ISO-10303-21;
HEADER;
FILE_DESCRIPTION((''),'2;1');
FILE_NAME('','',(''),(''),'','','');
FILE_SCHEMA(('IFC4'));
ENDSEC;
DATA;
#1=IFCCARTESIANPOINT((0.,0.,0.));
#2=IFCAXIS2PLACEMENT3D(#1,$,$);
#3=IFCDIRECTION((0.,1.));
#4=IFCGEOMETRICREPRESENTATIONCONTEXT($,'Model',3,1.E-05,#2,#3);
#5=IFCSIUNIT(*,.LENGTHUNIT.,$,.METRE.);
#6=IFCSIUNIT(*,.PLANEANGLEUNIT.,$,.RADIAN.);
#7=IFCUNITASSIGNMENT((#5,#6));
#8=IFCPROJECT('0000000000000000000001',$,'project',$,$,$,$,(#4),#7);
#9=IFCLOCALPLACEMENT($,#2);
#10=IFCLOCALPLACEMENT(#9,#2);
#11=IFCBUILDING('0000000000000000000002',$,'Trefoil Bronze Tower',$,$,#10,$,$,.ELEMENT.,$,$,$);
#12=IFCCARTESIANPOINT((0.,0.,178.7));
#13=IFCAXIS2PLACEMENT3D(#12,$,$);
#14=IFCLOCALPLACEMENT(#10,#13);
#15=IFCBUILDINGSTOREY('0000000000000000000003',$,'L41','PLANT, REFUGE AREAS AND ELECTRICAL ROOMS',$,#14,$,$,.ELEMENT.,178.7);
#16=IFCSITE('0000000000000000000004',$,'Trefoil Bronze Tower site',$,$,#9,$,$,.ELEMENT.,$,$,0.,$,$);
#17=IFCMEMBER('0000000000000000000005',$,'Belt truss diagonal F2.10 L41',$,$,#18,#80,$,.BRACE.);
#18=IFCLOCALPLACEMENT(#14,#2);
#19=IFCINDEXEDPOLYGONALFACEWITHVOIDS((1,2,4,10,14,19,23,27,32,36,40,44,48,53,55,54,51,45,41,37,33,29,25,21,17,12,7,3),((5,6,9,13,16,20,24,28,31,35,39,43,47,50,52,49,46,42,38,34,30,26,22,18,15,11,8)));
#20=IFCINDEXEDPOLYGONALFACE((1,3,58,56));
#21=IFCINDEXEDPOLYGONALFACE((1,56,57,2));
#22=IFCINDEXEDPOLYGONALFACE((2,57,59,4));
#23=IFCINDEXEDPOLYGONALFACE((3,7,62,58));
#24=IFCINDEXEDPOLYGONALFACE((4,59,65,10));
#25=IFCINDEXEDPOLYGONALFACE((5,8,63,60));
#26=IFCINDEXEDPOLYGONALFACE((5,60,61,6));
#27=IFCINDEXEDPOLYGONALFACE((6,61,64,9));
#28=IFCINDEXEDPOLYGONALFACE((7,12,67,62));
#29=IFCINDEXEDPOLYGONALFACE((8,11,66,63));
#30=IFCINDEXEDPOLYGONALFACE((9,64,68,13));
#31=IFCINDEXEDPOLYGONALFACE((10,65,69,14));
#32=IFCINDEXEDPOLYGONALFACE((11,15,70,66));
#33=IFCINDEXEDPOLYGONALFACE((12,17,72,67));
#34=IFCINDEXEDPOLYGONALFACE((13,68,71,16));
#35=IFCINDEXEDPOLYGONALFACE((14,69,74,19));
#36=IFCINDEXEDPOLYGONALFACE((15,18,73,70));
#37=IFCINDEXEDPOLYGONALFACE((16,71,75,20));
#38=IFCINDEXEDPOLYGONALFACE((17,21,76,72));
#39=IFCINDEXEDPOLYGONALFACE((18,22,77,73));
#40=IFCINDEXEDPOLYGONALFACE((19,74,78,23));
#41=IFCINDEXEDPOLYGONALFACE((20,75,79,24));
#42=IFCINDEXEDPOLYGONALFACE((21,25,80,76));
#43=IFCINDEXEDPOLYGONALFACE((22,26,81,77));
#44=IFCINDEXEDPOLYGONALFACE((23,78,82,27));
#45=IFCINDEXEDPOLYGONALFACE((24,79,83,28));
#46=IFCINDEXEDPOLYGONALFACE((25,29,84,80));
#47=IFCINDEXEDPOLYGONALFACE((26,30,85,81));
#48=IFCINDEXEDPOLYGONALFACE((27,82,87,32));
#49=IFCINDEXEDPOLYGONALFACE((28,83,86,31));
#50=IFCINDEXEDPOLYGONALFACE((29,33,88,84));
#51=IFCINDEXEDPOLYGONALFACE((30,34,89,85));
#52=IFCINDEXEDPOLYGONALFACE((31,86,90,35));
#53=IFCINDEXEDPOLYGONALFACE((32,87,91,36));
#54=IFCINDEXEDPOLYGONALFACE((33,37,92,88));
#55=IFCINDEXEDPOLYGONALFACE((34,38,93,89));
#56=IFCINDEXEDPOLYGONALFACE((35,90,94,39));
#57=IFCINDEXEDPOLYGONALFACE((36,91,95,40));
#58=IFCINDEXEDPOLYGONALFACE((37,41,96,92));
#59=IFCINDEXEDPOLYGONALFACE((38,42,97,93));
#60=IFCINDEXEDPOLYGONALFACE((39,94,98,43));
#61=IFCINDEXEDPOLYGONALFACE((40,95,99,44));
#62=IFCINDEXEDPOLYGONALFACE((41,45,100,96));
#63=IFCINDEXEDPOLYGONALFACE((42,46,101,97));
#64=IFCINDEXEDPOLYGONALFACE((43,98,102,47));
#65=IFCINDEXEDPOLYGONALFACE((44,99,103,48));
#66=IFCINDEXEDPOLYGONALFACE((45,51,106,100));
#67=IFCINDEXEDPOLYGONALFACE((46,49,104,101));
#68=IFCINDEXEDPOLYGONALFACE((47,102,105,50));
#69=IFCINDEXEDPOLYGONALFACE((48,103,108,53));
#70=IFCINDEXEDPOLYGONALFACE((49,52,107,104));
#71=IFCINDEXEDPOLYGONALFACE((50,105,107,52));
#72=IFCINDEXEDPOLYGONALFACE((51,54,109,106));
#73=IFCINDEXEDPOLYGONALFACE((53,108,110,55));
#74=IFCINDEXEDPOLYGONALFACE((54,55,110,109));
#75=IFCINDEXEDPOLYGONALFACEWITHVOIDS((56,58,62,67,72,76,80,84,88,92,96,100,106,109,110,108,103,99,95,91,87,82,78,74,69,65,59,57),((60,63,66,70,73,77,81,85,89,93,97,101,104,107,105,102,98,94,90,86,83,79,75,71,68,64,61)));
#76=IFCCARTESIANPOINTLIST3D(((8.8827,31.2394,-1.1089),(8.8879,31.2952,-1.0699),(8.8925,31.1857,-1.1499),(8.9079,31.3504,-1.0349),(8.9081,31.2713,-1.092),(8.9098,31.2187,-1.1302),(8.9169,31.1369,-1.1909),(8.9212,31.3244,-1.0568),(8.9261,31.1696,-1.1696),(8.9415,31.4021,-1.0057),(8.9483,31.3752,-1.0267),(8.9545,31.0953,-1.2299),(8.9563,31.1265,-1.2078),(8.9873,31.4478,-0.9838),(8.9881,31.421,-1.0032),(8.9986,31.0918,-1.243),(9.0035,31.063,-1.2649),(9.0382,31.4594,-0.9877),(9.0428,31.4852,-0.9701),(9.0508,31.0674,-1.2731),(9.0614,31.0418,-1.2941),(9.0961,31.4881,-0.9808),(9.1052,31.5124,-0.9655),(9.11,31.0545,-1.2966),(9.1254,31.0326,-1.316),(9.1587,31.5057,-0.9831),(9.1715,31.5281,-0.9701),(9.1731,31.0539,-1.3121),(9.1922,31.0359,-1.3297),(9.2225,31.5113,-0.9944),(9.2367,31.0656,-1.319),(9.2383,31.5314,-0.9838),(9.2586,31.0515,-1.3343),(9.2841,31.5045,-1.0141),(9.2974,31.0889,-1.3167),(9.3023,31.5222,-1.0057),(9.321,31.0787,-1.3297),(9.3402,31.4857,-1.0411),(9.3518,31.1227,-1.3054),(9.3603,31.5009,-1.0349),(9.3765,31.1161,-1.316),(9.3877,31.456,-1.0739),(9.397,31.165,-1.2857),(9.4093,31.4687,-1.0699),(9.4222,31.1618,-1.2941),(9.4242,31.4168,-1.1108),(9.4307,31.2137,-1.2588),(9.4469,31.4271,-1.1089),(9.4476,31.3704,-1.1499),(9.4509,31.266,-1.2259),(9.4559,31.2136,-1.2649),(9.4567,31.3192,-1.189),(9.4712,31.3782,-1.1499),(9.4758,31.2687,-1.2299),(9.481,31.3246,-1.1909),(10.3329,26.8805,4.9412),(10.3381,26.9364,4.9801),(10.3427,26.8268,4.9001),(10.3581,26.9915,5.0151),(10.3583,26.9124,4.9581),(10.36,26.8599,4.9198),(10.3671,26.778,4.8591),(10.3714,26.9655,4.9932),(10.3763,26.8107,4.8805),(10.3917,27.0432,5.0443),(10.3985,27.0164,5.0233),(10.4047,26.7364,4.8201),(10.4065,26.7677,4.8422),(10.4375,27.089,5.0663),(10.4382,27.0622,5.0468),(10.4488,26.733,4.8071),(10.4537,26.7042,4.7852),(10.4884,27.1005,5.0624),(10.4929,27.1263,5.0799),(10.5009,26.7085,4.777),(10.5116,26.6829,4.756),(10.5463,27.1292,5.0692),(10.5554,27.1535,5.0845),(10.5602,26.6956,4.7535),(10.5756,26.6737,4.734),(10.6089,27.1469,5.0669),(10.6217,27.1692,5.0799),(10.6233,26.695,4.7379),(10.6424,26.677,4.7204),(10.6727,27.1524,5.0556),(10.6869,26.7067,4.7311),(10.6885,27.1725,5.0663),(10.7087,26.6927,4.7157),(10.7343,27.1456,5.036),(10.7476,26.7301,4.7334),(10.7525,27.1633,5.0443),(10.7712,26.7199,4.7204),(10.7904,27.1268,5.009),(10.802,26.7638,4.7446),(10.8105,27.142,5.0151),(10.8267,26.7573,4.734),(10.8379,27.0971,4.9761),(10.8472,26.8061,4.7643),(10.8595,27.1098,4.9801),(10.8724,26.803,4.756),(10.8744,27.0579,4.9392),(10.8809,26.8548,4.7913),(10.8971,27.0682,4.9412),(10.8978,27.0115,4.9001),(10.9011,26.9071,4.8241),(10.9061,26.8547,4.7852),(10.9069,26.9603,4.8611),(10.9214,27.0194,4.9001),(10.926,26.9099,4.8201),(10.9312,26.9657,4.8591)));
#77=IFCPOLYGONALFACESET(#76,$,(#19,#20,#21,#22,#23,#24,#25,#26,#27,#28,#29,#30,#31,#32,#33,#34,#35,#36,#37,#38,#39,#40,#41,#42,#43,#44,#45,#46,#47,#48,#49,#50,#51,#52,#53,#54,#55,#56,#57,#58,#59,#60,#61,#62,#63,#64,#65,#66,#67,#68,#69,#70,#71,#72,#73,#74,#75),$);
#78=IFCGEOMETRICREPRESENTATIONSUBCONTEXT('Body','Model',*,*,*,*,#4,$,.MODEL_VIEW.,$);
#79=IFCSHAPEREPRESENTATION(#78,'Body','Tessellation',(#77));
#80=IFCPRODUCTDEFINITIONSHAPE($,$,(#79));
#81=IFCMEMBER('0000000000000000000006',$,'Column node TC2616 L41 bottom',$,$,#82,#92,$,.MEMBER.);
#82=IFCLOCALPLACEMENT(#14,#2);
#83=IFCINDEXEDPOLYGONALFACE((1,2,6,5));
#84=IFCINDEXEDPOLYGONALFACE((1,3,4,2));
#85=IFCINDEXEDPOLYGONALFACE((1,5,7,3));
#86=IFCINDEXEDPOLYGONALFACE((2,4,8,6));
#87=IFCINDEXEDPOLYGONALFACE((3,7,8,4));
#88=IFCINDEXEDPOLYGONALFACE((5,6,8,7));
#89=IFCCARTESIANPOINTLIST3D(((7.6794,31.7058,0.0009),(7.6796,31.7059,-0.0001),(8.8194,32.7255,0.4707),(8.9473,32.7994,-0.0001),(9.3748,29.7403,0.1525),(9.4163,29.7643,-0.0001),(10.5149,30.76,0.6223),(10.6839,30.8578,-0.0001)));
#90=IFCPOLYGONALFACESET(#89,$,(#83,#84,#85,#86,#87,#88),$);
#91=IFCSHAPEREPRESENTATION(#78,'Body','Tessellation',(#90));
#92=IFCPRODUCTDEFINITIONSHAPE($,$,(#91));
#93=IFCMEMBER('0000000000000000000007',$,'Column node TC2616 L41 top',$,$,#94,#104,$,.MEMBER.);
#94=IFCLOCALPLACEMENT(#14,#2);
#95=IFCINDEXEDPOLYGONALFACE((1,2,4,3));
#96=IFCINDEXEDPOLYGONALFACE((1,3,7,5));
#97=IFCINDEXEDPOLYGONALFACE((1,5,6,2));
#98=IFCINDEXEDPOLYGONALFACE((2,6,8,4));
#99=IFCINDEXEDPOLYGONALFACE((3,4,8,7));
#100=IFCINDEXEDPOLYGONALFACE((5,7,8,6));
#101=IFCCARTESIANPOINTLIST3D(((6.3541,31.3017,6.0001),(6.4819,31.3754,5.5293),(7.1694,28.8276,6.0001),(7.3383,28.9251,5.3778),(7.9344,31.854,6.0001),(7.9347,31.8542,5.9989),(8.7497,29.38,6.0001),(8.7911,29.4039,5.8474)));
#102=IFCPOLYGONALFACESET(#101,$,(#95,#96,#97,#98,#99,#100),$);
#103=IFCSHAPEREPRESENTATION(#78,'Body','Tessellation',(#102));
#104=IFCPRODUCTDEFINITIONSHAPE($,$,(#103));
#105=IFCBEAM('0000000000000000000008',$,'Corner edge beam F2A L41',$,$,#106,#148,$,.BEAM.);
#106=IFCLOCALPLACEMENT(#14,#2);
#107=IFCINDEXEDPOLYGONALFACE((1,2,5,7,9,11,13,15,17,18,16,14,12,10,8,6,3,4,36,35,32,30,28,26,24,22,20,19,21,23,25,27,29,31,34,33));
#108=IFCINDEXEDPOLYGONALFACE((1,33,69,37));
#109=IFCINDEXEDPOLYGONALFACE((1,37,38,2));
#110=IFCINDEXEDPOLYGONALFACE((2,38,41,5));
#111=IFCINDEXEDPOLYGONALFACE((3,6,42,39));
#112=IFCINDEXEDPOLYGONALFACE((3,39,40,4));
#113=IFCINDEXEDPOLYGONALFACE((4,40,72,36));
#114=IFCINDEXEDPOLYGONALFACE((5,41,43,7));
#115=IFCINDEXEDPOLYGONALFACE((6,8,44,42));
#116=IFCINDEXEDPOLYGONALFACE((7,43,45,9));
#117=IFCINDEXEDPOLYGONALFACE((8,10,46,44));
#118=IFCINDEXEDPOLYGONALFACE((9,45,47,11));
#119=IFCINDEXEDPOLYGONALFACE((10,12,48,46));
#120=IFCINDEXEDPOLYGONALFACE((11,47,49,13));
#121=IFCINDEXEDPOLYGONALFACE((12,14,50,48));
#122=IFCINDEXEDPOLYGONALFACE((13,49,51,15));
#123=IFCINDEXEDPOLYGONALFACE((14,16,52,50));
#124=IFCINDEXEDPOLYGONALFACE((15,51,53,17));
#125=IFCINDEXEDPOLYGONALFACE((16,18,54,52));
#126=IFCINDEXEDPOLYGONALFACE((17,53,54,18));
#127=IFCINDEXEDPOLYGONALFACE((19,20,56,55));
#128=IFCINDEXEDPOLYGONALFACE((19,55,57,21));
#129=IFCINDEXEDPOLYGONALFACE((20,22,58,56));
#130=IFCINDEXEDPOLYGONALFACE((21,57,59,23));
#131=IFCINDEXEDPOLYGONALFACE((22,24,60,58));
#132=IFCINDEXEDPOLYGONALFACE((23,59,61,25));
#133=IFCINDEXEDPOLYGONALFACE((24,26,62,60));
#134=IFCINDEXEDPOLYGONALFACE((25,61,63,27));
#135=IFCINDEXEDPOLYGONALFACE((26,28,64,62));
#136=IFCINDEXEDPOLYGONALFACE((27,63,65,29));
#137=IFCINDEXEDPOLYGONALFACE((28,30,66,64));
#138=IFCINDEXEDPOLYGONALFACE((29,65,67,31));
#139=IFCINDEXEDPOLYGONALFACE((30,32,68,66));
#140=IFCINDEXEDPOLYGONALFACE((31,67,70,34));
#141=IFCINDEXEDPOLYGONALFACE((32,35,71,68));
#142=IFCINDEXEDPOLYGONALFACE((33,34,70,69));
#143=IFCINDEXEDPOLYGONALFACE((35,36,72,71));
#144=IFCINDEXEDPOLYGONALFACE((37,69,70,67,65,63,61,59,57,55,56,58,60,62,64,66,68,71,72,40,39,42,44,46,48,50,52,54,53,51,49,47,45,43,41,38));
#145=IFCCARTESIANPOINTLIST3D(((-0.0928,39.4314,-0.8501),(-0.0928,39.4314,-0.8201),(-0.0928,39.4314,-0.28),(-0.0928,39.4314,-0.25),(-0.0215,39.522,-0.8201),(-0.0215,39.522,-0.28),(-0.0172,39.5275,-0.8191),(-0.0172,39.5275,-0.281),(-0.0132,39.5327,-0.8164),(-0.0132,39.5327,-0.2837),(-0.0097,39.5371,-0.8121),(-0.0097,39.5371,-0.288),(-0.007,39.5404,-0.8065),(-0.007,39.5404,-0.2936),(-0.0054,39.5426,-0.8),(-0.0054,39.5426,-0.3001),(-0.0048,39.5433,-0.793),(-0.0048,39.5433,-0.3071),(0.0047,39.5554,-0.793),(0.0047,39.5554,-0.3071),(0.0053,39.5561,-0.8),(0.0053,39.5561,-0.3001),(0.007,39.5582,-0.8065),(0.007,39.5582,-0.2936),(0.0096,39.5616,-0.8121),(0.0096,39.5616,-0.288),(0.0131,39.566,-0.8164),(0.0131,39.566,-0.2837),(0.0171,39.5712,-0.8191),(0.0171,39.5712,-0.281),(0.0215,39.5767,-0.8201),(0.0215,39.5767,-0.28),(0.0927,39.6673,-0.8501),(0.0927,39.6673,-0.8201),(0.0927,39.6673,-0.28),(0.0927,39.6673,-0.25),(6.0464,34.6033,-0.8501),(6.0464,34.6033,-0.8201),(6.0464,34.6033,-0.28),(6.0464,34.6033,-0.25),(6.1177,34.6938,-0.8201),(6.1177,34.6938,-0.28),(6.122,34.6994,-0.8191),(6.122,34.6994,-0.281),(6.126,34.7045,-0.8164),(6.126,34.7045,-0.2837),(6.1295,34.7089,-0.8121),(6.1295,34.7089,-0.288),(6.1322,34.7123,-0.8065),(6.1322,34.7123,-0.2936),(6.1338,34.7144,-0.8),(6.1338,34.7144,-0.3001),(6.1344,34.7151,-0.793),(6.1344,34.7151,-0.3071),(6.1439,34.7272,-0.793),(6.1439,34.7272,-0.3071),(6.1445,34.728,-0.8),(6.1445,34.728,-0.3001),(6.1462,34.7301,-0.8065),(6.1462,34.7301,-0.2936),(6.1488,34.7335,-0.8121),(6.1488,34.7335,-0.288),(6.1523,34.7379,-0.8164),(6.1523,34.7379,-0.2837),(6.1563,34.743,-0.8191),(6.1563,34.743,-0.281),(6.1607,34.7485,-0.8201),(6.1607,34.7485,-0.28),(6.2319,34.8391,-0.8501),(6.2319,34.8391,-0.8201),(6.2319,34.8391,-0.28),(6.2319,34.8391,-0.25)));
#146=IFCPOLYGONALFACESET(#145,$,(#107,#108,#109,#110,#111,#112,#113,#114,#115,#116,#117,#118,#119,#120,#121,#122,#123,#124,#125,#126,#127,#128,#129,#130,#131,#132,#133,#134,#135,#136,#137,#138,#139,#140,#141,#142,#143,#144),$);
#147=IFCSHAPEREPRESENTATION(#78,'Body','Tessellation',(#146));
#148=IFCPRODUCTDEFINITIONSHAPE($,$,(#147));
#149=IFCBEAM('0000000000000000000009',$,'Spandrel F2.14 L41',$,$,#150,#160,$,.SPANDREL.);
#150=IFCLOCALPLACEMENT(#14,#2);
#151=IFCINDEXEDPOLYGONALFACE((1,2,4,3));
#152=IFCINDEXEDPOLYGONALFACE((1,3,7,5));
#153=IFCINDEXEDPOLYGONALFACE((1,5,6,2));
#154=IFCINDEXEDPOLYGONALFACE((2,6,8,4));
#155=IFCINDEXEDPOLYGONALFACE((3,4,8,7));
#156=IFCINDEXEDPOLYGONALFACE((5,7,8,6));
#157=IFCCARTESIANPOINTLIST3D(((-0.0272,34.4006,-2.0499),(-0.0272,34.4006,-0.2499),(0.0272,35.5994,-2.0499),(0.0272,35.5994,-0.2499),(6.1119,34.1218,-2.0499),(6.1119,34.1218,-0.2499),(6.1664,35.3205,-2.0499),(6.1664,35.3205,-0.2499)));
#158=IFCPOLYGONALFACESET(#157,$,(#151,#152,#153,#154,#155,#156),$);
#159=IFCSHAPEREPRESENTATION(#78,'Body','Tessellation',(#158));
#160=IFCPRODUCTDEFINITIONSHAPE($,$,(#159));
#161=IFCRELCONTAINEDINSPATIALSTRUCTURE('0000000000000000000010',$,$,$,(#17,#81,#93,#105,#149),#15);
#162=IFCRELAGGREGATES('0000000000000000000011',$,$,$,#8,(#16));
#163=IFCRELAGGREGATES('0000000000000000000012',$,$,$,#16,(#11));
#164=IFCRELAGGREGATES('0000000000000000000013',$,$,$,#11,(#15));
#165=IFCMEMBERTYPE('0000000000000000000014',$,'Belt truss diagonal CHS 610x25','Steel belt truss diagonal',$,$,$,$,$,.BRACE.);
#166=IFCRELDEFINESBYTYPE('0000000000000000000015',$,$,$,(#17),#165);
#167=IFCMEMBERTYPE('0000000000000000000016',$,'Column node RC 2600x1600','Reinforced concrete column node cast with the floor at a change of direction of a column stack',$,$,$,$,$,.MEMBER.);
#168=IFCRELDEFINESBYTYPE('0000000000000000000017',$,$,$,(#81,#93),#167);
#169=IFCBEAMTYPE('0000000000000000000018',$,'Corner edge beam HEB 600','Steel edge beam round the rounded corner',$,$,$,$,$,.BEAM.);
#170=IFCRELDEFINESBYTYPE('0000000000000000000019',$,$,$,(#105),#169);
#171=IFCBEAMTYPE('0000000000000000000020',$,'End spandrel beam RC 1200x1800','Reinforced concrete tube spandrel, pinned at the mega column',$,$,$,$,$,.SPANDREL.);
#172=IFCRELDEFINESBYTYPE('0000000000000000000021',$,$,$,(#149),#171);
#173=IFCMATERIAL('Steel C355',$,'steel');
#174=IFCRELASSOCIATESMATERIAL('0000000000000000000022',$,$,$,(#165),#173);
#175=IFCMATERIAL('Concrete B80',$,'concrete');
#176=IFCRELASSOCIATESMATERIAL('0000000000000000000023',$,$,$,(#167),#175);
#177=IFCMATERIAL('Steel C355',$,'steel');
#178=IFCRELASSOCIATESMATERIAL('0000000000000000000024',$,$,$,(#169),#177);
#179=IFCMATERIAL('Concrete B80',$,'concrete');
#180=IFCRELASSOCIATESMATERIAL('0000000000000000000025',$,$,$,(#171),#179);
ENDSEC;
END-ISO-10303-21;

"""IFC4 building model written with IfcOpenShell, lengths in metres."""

from ifc_helpers import new_model, si_unit, direction, frame, origin, origin_2d, place, context, subcontext, project, spatial, rectangle, hollow_circle, i_section, extrude, clip, halfspace, material, material_profile, profile_set, type_object, element, save


model = new_model("IFC4")

# Units and contexts
model_context = context("Model", 3, precision=1e-05, world=origin(), true_north=direction((0.0, 1.0)))
body_context = subcontext(model_context, "Body", "Model", "MODEL_VIEW")
ifc_project = project(units=[si_unit("LENGTHUNIT", "METRE"), si_unit("PLANEANGLEUNIT", "RADIAN")], contexts=[model_context])

# Site, building, storey
site_placement = place(None, origin())
site = spatial("IfcSite", under=ifc_project, at=site_placement, Name="Trefoil Bronze Tower site", CompositionType="ELEMENT", RefElevation=0.0)
building_placement = place(site_placement, origin())
building = spatial("IfcBuilding", under=site, at=building_placement, Name="Trefoil Bronze Tower", CompositionType="ELEMENT")
storey_placement = place(building_placement, frame((0.0, 0.0, 178.7)))
storey = spatial("IfcBuildingStorey", under=building, at=storey_placement, Name="L41", Description="PLANT, REFUGE AREAS AND ELECTRICAL ROOMS", CompositionType="ELEMENT", Elevation=178.7)

# Members
ifc_material_1 = material(Name="Steel C355", Category="steel")
ifc_material_profile_1 = material_profile(ifc_material_1, hollow_circle(Radius=0.3049, WallThickness=0.0249, at=origin_2d()), Name="CHS 610x25")
ifc_profile_set_1 = profile_set([ifc_material_profile_1], Name="Steel C355")
member_type_1 = type_object("IfcMemberType", Name="Belt truss diagonal CHS 610x25", Description="Steel belt truss diagonal", PredefinedType="BRACE", material=ifc_profile_set_1)
member_1_placement = place(storey_placement, frame((9.1819, 31.282, -1.1499), z_axis=(0.190904, -0.573806, 0.796431), x_axis=(0.948864, 0.315686, 0.0)))
element("IfcMember", 1, at=member_1_placement, inside=storey, type_object=member_type_1, Name="Belt truss diagonal F2.10 L41", PredefinedType="BRACE", context=body_context, shape_type="SweptSolid", body=[
    extrude(hollow_circle(Radius=0.3049, WallThickness=0.0249, at=origin_2d()), origin(), (0.0, 0.0, 1.0), 7.5964),
])
ifc_material_2 = material(Name="Concrete B80", Category="concrete")
ifc_material_profile_2 = material_profile(ifc_material_2, rectangle(XDim=2.6001, YDim=1.6001, at=origin_2d()), Name="RC 2600x1600")
ifc_profile_set_2 = profile_set([ifc_material_profile_2], Name="Concrete B80")
member_type_2 = type_object("IfcMemberType", Name="Column node RC 2600x1600", Description="Reinforced concrete column node cast with the floor at a change of direction of a column stack", PredefinedType="MEMBER", material=ifc_profile_set_2)
member_2_placement = place(storey_placement, frame((9.2664, 31.3308, -0.3115), z_axis=(-0.259099, -0.149926, 0.954143), x_axis=(-0.652079, 0.755906, -0.058297)))
element("IfcMember", 2, at=member_2_placement, inside=storey, type_object=member_type_2, Name="Column node TC2616 L41 bottom", PredefinedType="MEMBER", context=body_context, shape_type="Clipping", body=[
    clip(extrude(rectangle(XDim=2.6001, YDim=1.6001, at=origin_2d()), origin(), (0.0, 0.0, 1.0), 0.6531), halfspace(frame((0.0, 0.0, 0.3264), z_axis=(-0.058297, -0.293618, 0.954143), x_axis=(0.0, 0.955769, 0.294119)), True)),
])
member_3_placement = place(storey_placement, frame((7.4673, 30.292, 6.3115), z_axis=(0.259114, 0.149561, -0.954197), x_axis=(0.329393, -0.942394, -0.058263)))
element("IfcMember", 3, at=member_3_placement, inside=storey, type_object=member_type_2, Name="Column node TC2616 L41 top", PredefinedType="MEMBER", context=body_context, shape_type="Clipping", body=[
    clip(extrude(rectangle(XDim=2.6001, YDim=1.6001, at=origin_2d()), origin(), (0.0, 0.0, 1.0), 0.6531), halfspace(frame((0.0, 0.0, 0.3264), z_axis=(0.058263, 0.293451, 0.954197), x_axis=(0.0, 0.955821, -0.293951)), True)),
])

# Beams
ifc_material_3 = material(Name="Steel C355", Category="steel")
ifc_material_profile_3 = material_profile(ifc_material_3, i_section(OverallWidth=0.3, OverallDepth=0.6001, WebThickness=0.0154, FlangeThickness=0.03, FilletRadius=0.0271, at=origin_2d()), Name="HEB 600")
ifc_profile_set_3 = profile_set([ifc_material_profile_3], Name="Steel C355")
beam_type_1 = type_object("IfcBeamType", Name="Corner edge beam HEB 600", Description="Steel edge beam round the rounded corner", PredefinedType="BEAM", material=ifc_profile_set_3)
beam_1_placement = place(storey_placement, frame((6.1392, 34.7212, -0.55), z_axis=(-0.786038, 0.618178, 0.0), x_axis=(-0.618178, -0.786038, 0.0)))
element("IfcBeam", 4, at=beam_1_placement, inside=storey, type_object=beam_type_1, Name="Corner edge beam F2A L41", PredefinedType="BEAM", context=body_context, shape_type="SweptSolid", body=[
    extrude(i_section(OverallWidth=0.3, OverallDepth=0.6001, WebThickness=0.0154, FlangeThickness=0.03, FilletRadius=0.0271, at=origin_2d()), origin(), (0.0, 0.0, 1.0), 7.8103),
])
ifc_material_4 = material(Name="Concrete B80", Category="concrete")
ifc_material_profile_4 = material_profile(ifc_material_4, rectangle(XDim=1.2, YDim=1.8, at=origin_2d()), Name="RC 1200x1800")
ifc_profile_set_4 = profile_set([ifc_material_profile_4], Name="Concrete B80")
beam_type_2 = type_object("IfcBeamType", Name="End spandrel beam RC 1200x1800", Description="Reinforced concrete tube spandrel, pinned at the mega column", PredefinedType="SPANDREL", material=ifc_profile_set_4)
beam_2_placement = place(storey_placement, frame((6.1392, 34.7212, -1.1499), z_axis=(-0.99897, 0.045368, 0.0), x_axis=(-0.045368, -0.99897, 0.0)))
element("IfcBeam", 5, at=beam_2_placement, inside=storey, type_object=beam_type_2, Name="Spandrel F2.14 L41", PredefinedType="SPANDREL", context=body_context, shape_type="SweptSolid", body=[
    extrude(rectangle(XDim=1.2, YDim=1.8, at=origin_2d()), origin(), (0.0, 0.0, 1.0), 6.1455),
])

save(model, "model.ifc")
